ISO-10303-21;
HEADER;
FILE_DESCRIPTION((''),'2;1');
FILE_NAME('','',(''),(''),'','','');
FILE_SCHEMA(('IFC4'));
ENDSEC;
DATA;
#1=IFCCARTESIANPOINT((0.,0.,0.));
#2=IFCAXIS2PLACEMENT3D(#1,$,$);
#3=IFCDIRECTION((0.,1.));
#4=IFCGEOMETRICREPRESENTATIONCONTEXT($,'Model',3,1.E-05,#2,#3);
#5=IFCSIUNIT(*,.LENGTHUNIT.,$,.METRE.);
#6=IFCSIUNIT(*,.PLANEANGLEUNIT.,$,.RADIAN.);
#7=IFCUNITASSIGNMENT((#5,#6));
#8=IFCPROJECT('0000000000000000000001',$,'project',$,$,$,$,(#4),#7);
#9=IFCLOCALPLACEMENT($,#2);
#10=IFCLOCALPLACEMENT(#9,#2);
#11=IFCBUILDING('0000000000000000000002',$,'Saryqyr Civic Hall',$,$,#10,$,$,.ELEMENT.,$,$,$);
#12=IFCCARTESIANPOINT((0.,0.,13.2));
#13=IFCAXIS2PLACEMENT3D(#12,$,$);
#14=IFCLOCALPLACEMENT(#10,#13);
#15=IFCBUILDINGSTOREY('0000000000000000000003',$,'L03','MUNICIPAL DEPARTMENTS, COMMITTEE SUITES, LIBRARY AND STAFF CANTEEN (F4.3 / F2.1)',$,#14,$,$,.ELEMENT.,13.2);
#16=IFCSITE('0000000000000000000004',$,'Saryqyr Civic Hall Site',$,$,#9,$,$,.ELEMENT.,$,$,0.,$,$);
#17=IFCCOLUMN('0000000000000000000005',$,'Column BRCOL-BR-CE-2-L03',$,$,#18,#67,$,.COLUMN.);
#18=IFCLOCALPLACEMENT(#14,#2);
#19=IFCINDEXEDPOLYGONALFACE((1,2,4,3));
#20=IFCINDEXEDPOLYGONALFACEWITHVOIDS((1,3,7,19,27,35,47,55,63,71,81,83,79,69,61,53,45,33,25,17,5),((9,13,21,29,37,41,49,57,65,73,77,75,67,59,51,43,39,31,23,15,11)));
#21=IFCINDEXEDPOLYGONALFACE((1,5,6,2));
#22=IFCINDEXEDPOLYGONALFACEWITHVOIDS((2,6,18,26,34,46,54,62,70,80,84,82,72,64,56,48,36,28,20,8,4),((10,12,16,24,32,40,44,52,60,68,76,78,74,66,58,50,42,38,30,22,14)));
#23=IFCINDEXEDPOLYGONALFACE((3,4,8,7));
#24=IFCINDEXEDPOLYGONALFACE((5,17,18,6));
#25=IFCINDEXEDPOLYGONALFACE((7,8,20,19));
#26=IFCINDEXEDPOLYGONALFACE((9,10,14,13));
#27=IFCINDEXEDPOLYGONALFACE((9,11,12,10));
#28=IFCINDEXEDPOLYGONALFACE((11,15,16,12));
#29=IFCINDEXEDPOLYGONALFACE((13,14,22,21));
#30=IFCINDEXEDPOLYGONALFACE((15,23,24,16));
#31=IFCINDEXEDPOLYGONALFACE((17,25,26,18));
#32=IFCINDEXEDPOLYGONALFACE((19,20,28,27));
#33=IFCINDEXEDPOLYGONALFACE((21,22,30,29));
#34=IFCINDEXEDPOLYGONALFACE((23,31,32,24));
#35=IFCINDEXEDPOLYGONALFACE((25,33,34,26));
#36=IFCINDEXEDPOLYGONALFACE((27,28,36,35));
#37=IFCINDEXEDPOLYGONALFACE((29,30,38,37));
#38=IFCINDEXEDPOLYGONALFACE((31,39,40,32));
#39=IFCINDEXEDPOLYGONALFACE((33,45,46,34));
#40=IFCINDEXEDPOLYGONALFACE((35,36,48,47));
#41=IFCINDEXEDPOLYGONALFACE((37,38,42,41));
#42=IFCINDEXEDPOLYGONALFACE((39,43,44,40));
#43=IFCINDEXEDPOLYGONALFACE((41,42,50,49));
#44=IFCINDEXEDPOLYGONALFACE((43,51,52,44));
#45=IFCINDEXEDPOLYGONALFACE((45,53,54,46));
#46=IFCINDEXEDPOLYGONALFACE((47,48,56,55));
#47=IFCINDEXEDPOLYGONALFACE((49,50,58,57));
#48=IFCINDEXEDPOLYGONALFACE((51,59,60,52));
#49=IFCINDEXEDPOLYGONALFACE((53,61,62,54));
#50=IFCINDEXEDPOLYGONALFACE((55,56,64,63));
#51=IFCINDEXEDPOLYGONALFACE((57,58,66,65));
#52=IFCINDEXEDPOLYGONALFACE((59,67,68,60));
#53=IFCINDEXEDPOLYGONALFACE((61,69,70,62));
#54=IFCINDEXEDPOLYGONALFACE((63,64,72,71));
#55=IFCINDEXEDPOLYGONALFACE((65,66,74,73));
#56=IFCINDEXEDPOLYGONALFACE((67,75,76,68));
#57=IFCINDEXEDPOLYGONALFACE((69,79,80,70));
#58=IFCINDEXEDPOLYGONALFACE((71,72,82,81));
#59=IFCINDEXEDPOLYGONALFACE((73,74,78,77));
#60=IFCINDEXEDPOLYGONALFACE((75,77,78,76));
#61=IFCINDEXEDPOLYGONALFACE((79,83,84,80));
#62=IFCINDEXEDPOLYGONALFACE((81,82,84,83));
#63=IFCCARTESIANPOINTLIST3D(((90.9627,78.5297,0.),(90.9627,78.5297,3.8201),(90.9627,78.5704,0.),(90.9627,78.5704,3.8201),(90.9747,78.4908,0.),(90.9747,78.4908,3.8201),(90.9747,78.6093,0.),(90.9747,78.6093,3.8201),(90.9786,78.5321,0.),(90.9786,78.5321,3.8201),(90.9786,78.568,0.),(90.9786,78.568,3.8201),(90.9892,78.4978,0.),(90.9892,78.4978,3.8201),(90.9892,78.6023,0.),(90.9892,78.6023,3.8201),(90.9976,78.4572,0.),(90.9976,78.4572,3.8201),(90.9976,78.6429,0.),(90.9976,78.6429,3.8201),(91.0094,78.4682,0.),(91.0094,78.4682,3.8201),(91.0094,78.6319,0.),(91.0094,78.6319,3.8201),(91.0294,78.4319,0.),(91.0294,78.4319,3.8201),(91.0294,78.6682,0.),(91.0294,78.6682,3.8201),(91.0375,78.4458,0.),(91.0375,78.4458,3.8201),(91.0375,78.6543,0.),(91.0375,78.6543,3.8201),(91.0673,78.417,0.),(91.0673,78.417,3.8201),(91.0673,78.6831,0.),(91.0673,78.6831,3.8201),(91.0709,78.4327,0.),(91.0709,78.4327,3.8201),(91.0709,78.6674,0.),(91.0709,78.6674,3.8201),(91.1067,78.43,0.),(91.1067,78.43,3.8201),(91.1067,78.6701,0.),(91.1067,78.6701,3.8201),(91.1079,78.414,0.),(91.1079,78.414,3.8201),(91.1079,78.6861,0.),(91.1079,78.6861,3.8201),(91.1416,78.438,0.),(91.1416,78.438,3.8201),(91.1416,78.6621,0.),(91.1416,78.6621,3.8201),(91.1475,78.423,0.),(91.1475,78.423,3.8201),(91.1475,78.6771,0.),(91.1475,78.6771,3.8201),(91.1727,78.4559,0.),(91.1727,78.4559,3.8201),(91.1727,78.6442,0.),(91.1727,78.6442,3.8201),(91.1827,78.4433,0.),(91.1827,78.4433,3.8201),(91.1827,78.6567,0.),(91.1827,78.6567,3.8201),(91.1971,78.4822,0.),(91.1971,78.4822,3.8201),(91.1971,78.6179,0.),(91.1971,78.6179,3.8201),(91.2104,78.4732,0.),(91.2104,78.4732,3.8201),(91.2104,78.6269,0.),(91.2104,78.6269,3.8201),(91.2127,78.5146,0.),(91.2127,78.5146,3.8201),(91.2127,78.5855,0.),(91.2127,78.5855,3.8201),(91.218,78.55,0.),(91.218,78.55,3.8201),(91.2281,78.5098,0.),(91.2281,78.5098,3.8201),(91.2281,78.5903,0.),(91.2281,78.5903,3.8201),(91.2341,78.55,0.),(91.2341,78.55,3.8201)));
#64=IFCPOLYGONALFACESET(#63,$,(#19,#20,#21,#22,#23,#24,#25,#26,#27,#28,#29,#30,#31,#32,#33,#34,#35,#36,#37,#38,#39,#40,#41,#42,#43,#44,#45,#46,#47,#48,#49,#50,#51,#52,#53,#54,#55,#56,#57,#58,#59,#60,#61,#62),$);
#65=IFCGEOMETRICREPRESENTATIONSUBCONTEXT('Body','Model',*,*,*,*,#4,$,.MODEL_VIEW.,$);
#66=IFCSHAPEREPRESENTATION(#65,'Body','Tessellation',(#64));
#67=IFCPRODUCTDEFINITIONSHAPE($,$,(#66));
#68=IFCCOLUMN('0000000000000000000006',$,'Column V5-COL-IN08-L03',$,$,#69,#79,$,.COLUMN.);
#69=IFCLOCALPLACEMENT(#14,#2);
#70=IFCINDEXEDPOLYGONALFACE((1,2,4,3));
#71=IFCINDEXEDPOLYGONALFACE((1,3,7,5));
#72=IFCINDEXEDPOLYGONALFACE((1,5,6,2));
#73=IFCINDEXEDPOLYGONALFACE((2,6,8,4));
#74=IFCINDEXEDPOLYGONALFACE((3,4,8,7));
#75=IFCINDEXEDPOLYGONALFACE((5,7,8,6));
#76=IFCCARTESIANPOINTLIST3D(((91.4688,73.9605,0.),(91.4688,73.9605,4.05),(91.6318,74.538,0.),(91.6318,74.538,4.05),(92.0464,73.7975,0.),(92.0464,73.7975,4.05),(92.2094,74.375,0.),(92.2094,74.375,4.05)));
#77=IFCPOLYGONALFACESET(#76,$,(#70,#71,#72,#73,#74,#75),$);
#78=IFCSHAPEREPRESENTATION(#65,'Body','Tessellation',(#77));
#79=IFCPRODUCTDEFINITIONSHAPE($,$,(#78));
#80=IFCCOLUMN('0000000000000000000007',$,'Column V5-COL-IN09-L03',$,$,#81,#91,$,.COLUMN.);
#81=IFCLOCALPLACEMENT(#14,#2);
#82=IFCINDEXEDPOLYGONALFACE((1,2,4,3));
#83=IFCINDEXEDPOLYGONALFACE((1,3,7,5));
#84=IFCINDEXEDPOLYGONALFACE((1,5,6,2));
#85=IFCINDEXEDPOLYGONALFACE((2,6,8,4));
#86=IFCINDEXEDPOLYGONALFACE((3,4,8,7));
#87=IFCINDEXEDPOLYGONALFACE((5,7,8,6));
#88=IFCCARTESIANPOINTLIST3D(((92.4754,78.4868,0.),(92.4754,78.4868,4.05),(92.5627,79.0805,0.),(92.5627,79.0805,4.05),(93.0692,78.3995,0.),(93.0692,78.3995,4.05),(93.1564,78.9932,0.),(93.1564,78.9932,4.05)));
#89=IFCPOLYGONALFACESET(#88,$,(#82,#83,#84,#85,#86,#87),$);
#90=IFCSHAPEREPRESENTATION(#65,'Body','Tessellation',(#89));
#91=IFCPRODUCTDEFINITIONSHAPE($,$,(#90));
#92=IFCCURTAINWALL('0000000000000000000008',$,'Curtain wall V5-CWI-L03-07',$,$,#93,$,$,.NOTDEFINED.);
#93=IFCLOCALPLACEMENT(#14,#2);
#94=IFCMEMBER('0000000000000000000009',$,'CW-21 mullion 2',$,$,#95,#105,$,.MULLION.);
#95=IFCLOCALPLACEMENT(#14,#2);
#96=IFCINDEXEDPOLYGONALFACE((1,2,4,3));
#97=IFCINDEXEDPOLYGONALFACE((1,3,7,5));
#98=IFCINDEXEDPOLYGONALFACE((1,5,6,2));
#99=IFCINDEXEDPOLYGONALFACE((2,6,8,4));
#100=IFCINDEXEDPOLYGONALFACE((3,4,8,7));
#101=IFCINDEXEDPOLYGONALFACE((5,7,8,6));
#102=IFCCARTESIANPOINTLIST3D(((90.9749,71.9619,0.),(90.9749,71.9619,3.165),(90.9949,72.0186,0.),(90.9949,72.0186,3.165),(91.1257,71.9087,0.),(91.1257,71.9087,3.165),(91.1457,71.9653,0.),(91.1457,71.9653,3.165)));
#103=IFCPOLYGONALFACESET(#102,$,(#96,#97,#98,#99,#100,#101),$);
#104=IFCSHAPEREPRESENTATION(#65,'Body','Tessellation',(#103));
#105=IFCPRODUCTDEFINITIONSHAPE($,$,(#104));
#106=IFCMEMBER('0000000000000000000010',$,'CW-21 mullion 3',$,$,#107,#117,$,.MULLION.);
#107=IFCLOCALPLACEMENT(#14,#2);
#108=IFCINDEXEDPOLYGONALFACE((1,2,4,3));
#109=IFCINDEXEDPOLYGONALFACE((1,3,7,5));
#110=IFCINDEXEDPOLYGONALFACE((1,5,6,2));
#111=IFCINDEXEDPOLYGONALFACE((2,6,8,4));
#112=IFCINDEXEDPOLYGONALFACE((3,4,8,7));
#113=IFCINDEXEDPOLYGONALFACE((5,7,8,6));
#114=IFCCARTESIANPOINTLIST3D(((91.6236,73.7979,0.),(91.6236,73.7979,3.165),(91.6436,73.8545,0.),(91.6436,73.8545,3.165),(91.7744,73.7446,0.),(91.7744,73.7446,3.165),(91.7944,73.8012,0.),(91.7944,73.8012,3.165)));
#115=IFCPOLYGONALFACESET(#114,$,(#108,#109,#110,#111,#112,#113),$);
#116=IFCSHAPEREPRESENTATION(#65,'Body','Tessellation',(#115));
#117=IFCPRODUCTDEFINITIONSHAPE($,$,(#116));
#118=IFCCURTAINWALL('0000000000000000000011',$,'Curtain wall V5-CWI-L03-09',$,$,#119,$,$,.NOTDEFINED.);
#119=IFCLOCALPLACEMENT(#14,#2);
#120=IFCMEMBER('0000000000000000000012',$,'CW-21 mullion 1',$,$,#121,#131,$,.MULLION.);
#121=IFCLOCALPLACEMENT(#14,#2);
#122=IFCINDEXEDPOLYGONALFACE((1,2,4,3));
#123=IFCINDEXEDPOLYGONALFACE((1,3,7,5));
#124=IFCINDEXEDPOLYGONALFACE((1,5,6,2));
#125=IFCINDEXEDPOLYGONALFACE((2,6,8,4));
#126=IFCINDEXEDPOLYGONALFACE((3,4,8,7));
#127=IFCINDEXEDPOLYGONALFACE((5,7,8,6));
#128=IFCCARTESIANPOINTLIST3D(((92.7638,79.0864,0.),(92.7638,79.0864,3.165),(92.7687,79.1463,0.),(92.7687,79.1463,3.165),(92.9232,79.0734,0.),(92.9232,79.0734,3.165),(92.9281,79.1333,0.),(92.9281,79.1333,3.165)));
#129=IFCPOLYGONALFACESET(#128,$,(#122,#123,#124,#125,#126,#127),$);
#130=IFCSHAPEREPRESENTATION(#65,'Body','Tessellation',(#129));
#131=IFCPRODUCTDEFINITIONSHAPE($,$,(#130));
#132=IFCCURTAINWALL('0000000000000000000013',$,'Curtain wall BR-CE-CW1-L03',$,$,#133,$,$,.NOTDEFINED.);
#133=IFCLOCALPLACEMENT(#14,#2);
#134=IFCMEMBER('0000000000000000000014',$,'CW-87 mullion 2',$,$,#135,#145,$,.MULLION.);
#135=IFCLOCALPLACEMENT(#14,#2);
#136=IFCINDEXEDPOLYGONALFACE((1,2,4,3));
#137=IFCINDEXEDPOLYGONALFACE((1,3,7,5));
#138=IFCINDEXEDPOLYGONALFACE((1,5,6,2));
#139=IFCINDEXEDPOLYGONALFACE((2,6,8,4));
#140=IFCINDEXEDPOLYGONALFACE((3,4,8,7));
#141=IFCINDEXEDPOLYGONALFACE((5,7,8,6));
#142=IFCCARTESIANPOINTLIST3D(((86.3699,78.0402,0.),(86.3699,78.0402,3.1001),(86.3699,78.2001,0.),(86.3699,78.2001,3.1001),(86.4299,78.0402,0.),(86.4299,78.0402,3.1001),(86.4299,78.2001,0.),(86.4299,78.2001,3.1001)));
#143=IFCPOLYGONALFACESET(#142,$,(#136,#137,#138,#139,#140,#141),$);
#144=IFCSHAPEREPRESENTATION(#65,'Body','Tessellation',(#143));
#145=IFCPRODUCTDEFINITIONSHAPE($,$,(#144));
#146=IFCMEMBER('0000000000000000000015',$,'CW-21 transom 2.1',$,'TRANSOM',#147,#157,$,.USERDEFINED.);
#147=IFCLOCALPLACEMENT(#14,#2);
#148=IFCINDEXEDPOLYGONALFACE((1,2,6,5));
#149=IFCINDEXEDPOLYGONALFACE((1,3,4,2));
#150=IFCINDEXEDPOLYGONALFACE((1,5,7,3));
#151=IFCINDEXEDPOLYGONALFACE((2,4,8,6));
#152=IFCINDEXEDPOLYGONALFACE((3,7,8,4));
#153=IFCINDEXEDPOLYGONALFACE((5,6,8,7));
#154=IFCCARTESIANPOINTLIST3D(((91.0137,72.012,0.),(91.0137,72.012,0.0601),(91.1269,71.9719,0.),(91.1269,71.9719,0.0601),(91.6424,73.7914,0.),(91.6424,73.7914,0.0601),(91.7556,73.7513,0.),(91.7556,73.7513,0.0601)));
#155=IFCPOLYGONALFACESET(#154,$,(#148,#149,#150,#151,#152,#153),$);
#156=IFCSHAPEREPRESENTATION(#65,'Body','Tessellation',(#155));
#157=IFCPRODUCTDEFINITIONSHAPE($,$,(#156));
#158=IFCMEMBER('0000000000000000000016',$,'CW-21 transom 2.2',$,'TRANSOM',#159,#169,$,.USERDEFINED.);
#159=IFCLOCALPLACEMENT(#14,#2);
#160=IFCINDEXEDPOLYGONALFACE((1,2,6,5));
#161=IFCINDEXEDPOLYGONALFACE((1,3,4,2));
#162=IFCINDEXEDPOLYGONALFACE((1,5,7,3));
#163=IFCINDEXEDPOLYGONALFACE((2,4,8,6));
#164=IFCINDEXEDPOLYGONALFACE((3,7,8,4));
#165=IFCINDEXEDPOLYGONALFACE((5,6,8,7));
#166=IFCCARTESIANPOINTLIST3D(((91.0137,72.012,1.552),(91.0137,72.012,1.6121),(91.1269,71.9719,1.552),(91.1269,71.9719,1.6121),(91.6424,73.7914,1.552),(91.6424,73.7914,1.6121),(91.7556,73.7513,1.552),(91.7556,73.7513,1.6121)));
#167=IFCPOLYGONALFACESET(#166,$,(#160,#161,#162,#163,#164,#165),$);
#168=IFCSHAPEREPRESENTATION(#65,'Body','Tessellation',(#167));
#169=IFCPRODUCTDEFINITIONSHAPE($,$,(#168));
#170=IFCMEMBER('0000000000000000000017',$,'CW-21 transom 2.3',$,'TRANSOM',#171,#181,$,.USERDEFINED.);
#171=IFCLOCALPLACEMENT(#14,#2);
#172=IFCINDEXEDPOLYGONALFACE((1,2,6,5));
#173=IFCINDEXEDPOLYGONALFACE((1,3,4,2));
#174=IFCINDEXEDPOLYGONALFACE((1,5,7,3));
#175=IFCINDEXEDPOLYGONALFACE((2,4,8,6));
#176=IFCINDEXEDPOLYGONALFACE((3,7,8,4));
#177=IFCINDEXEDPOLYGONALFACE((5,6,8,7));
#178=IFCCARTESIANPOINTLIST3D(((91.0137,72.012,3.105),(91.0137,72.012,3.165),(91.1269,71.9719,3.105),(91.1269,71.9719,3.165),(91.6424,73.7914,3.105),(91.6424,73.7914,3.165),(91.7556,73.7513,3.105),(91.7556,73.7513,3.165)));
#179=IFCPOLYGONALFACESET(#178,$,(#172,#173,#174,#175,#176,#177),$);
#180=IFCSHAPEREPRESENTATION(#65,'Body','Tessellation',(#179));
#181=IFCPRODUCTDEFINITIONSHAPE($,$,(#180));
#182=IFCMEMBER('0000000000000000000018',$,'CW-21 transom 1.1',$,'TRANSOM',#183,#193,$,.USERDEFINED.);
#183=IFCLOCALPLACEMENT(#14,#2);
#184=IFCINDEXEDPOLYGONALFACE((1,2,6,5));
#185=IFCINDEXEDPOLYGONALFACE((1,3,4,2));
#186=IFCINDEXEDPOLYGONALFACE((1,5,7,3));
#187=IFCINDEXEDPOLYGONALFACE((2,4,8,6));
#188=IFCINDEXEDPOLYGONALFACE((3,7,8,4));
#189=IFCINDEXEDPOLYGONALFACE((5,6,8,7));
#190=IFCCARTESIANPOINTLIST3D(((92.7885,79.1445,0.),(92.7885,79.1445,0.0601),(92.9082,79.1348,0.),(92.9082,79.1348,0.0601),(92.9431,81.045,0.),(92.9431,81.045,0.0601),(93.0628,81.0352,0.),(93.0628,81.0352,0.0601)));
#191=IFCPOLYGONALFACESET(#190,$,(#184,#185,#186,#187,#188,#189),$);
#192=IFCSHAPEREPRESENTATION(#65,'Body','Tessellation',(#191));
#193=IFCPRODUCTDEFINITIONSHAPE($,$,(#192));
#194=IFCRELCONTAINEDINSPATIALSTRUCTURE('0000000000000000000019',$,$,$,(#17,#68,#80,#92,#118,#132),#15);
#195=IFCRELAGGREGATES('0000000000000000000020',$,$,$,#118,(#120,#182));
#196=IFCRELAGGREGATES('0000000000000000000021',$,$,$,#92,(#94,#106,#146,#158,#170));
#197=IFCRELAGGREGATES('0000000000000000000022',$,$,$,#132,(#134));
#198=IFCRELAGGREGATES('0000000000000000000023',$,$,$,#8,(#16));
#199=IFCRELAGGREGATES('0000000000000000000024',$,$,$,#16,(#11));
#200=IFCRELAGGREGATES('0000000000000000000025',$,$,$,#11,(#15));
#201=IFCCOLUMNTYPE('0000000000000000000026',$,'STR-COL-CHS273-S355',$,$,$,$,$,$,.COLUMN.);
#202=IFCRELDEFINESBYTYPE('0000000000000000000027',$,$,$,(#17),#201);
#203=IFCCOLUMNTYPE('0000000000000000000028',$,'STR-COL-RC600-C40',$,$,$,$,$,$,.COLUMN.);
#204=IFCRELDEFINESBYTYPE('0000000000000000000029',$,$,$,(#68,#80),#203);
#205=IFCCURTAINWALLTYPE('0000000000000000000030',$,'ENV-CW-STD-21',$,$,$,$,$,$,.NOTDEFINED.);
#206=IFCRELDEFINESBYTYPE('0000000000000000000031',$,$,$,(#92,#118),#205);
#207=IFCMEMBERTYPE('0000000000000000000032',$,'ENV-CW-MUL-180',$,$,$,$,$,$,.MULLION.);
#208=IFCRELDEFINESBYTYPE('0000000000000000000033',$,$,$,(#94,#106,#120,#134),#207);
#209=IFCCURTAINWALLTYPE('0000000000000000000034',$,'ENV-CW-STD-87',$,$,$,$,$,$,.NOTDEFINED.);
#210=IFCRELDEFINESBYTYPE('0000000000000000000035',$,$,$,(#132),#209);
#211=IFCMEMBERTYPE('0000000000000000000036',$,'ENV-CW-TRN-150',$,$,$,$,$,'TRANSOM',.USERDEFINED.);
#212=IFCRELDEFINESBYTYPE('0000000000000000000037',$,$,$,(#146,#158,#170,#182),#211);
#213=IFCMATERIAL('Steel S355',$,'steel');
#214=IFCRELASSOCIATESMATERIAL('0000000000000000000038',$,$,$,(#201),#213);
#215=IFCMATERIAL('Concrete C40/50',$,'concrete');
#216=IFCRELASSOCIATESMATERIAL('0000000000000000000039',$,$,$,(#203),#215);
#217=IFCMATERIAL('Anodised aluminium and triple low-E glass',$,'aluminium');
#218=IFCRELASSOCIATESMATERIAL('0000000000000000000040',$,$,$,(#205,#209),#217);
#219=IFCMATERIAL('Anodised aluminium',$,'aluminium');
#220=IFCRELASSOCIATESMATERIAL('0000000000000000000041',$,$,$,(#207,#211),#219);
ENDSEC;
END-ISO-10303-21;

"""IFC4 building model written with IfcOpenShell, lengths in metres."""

from ifc_helpers import new_model, si_unit, direction, frame, origin, origin_2d, place, context, subcontext, project, spatial, rectangle, hollow_circle, extrude, material, material_profile, profile_set, type_object, element, aggregate, save


model = new_model("IFC4")

# Units and contexts
model_context = context("Model", 3, precision=1e-05, world=origin(), true_north=direction((0.0, 1.0)))
body_context = subcontext(model_context, "Body", "Model", "MODEL_VIEW")
ifc_project = project(units=[si_unit("LENGTHUNIT", "METRE"), si_unit("PLANEANGLEUNIT", "RADIAN")], contexts=[model_context])

# Site, building, storey
site_placement = place(None, origin())
site = spatial("IfcSite", under=ifc_project, at=site_placement, Name="Saryqyr Civic Hall Site", CompositionType="ELEMENT", RefElevation=0.0)
building_placement = place(site_placement, origin())
building = spatial("IfcBuilding", under=site, at=building_placement, Name="Saryqyr Civic Hall", CompositionType="ELEMENT")
storey_placement = place(building_placement, frame((0.0, 0.0, 13.2)))
storey = spatial("IfcBuildingStorey", under=building, at=storey_placement, Name="L03", Description="MUNICIPAL DEPARTMENTS, COMMITTEE SUITES, LIBRARY AND STAFF CANTEEN (F4.3 / F2.1)", CompositionType="ELEMENT", Elevation=13.2)

# Columns
ifc_material_1 = material(Name="Steel S355", Category="steel")
ifc_material_profile_1 = material_profile(ifc_material_1, hollow_circle(Radius=0.1365, WallThickness=0.0161, at=origin_2d()), Name="CHS 273x16")
ifc_profile_set_1 = profile_set([ifc_material_profile_1], Name="Steel S355")
column_type_1 = type_object("IfcColumnType", Name="STR-COL-CHS273-S355", PredefinedType="COLUMN", material=ifc_profile_set_1)
column_placement = place(storey_placement, frame((91.0977, 78.55, 0.0), z_axis=(0.0, 0.0, 1.0), x_axis=(1.0, 0.0, 0.0)))
element("IfcColumn", 1, at=column_placement, inside=storey, type_object=column_type_1, Name="Column BRCOL-BR-CE-2-L03", PredefinedType="COLUMN", context=body_context, shape_type="SweptSolid", body=[
    extrude(hollow_circle(Radius=0.1365, WallThickness=0.0161, at=origin_2d()), origin(), (0.0, 0.0, 1.0), 3.8201),
])
ifc_material_2 = material(Name="Concrete C40/50", Category="concrete")
ifc_material_profile_2 = material_profile(ifc_material_2, rectangle(XDim=0.6001, YDim=0.6001, at=origin_2d()), Name="RC 600x600")
ifc_profile_set_2 = profile_set([ifc_material_profile_2], Name="Concrete C40/50")
column_type_2 = type_object("IfcColumnType", Name="STR-COL-RC600-C40", PredefinedType="COLUMN", material=ifc_profile_set_2)
for number, where, z_axis, x_axis, name in (
    (2, (91.8391, 74.1677, 0.0), (0.0, 0.0, 1.0), (0.962408, -0.271608, 0.0), "Column V5-COL-IN08-L03"),
    (3, (92.8159, 78.74, 0.0), (0.0, 0.0, 1.0), (0.989374, -0.145392, 0.0), "Column V5-COL-IN09-L03"),
):
    element("IfcColumn", number, at=place(storey_placement, frame(where, z_axis=z_axis, x_axis=x_axis)), inside=storey, type_object=column_type_2, Name=name, PredefinedType="COLUMN", context=body_context, shape_type="SweptSolid", body=[
        extrude(rectangle(XDim=0.6001, YDim=0.6001, at=origin_2d()), origin(), (0.0, 0.0, 1.0), 4.05),
    ])

# Curtain wall, members
ifc_material_3 = material(Name="Anodised aluminium and triple low-E glass", Category="aluminium")
curtain_wall_type_1 = type_object("IfcCurtainWallType", Name="ENV-CW-STD-21", PredefinedType="NOTDEFINED", material=ifc_material_3)
curtain_wall_1_placement = place(storey_placement, origin())
curtain_wall_1 = element("IfcCurtainWall", 4, at=curtain_wall_1_placement, inside=storey, type_object=curtain_wall_type_1, Name="Curtain wall V5-CWI-L03-07", PredefinedType="NOTDEFINED")
ifc_material_4 = material(Name="Anodised aluminium", Category="aluminium")
ifc_material_profile_3 = material_profile(ifc_material_4, rectangle(XDim=0.0601, YDim=0.1599, at=origin_2d()), Name="ALU MULLION 60x160")
ifc_profile_set_3 = profile_set([ifc_material_profile_3], Name="Anodised aluminium")
member_type_1 = type_object("IfcMemberType", Name="ENV-CW-MUL-180", PredefinedType="MULLION", material=ifc_profile_set_3)
member_1_placement = place(storey_placement, frame((91.0603, 71.9636, 0.0), z_axis=(0.0, 0.0, 1.0), x_axis=(0.333172, 0.942866, 0.0)))
member_1 = element("IfcMember", 5, at=member_1_placement, type_object=member_type_1, Name="CW-21 mullion 2", PredefinedType="MULLION", context=body_context, shape_type="SweptSolid", body=[
    extrude(rectangle(XDim=0.0601, YDim=0.1599, at=origin_2d()), origin(), (0.0, 0.0, 1.0), 3.165),
])
member_2_placement = place(storey_placement, frame((91.709, 73.7996, 0.0), z_axis=(0.0, 0.0, 1.0), x_axis=(0.333172, 0.942866, 0.0)))
member_2 = element("IfcMember", 6, at=member_2_placement, type_object=member_type_1, Name="CW-21 mullion 3", PredefinedType="MULLION", context=body_context, shape_type="SweptSolid", body=[
    extrude(rectangle(XDim=0.0601, YDim=0.1599, at=origin_2d()), origin(), (0.0, 0.0, 1.0), 3.165),
])

# Curtain walls, members
curtain_wall_2_placement = place(storey_placement, origin())
curtain_wall_2 = element("IfcCurtainWall", 7, at=curtain_wall_2_placement, inside=storey, type_object=curtain_wall_type_1, Name="Curtain wall V5-CWI-L03-09", PredefinedType="NOTDEFINED")
member_3_placement = place(storey_placement, frame((92.8459, 79.1099, 0.0), z_axis=(0.0, 0.0, 1.0), x_axis=(0.081091, 0.996707, 0.0)))
member_3 = element("IfcMember", 8, at=member_3_placement, type_object=member_type_1, Name="CW-21 mullion 1", PredefinedType="MULLION", context=body_context, shape_type="SweptSolid", body=[
    extrude(rectangle(XDim=0.0601, YDim=0.1599, at=origin_2d()), origin(), (0.0, 0.0, 1.0), 3.165),
])
curtain_wall_type_2 = type_object("IfcCurtainWallType", Name="ENV-CW-STD-87", PredefinedType="NOTDEFINED", material=ifc_material_3)
curtain_wall_3_placement = place(storey_placement, origin())
curtain_wall_3 = element("IfcCurtainWall", 9, at=curtain_wall_3_placement, inside=storey, type_object=curtain_wall_type_2, Name="Curtain wall BR-CE-CW1-L03", PredefinedType="NOTDEFINED")
member_4_placement = place(storey_placement, frame((86.3999, 78.1201, 0.0), z_axis=(0.0, 0.0, 1.0), x_axis=(-1.0, 0.0, 0.0)))
member_4 = element("IfcMember", 10, at=member_4_placement, type_object=member_type_1, Name="CW-87 mullion 2", PredefinedType="MULLION", context=body_context, shape_type="SweptSolid", body=[
    extrude(rectangle(XDim=0.0601, YDim=0.1599, at=origin_2d()), origin(), (0.0, 0.0, 1.0), 3.1001),
])

# Members
ifc_material_profile_4 = material_profile(ifc_material_4, rectangle(XDim=0.1201, YDim=0.0601, at=origin_2d()), Name="ALU TRANSOM 120x60")
ifc_profile_set_4 = profile_set([ifc_material_profile_4], Name="Anodised aluminium")
member_type_2 = type_object("IfcMemberType", Name="ENV-CW-TRN-150", ElementType="TRANSOM", PredefinedType="USERDEFINED", material=ifc_profile_set_4)
member_5_placement = place(storey_placement, frame((91.0703, 71.9919, 0.03), z_axis=(0.333138, 0.942878, 0.0), x_axis=(-0.942878, 0.333138, 0.0)))
member_5 = element("IfcMember", 11, at=member_5_placement, type_object=member_type_2, Name="CW-21 transom 2.1", ObjectType="TRANSOM", PredefinedType="USERDEFINED", context=body_context, shape_type="SweptSolid", body=[
    extrude(rectangle(XDim=0.1201, YDim=0.0601, at=origin_2d()), origin(), (0.0, 0.0, 1.0), 1.8872),
])
member_6_placement = place(storey_placement, frame((91.0703, 71.9919, 1.582), z_axis=(0.333138, 0.942878, 0.0), x_axis=(-0.942878, 0.333138, 0.0)))
member_6 = element("IfcMember", 12, at=member_6_placement, type_object=member_type_2, Name="CW-21 transom 2.2", ObjectType="TRANSOM", PredefinedType="USERDEFINED", context=body_context, shape_type="SweptSolid", body=[
    extrude(rectangle(XDim=0.1201, YDim=0.0601, at=origin_2d()), origin(), (0.0, 0.0, 1.0), 1.8872),
])
member_7_placement = place(storey_placement, frame((91.0703, 71.9919, 3.135), z_axis=(0.333138, 0.942878, 0.0), x_axis=(-0.942878, 0.333138, 0.0)))
member_7 = element("IfcMember", 13, at=member_7_placement, type_object=member_type_2, Name="CW-21 transom 2.3", ObjectType="TRANSOM", PredefinedType="USERDEFINED", context=body_context, shape_type="SweptSolid", body=[
    extrude(rectangle(XDim=0.1201, YDim=0.0601, at=origin_2d()), origin(), (0.0, 0.0, 1.0), 1.8872),
])
member_8_placement = place(storey_placement, frame((92.8484, 79.1396, 0.03), z_axis=(0.081053, 0.99671, 0.0), x_axis=(-0.99671, 0.081053, 0.0)))
member_8 = element("IfcMember", 14, at=member_8_placement, type_object=member_type_2, Name="CW-21 transom 1.1", ObjectType="TRANSOM", PredefinedType="USERDEFINED", context=body_context, shape_type="SweptSolid", body=[
    extrude(rectangle(XDim=0.1201, YDim=0.0601, at=origin_2d()), origin(), (0.0, 0.0, 1.0), 1.9067),
])
aggregate(curtain_wall_2, [member_3, member_8])

aggregate(curtain_wall_1, [member_1, member_2, member_5, member_6, member_7])
aggregate(curtain_wall_3, [member_4])

save(model, "model.ifc")
